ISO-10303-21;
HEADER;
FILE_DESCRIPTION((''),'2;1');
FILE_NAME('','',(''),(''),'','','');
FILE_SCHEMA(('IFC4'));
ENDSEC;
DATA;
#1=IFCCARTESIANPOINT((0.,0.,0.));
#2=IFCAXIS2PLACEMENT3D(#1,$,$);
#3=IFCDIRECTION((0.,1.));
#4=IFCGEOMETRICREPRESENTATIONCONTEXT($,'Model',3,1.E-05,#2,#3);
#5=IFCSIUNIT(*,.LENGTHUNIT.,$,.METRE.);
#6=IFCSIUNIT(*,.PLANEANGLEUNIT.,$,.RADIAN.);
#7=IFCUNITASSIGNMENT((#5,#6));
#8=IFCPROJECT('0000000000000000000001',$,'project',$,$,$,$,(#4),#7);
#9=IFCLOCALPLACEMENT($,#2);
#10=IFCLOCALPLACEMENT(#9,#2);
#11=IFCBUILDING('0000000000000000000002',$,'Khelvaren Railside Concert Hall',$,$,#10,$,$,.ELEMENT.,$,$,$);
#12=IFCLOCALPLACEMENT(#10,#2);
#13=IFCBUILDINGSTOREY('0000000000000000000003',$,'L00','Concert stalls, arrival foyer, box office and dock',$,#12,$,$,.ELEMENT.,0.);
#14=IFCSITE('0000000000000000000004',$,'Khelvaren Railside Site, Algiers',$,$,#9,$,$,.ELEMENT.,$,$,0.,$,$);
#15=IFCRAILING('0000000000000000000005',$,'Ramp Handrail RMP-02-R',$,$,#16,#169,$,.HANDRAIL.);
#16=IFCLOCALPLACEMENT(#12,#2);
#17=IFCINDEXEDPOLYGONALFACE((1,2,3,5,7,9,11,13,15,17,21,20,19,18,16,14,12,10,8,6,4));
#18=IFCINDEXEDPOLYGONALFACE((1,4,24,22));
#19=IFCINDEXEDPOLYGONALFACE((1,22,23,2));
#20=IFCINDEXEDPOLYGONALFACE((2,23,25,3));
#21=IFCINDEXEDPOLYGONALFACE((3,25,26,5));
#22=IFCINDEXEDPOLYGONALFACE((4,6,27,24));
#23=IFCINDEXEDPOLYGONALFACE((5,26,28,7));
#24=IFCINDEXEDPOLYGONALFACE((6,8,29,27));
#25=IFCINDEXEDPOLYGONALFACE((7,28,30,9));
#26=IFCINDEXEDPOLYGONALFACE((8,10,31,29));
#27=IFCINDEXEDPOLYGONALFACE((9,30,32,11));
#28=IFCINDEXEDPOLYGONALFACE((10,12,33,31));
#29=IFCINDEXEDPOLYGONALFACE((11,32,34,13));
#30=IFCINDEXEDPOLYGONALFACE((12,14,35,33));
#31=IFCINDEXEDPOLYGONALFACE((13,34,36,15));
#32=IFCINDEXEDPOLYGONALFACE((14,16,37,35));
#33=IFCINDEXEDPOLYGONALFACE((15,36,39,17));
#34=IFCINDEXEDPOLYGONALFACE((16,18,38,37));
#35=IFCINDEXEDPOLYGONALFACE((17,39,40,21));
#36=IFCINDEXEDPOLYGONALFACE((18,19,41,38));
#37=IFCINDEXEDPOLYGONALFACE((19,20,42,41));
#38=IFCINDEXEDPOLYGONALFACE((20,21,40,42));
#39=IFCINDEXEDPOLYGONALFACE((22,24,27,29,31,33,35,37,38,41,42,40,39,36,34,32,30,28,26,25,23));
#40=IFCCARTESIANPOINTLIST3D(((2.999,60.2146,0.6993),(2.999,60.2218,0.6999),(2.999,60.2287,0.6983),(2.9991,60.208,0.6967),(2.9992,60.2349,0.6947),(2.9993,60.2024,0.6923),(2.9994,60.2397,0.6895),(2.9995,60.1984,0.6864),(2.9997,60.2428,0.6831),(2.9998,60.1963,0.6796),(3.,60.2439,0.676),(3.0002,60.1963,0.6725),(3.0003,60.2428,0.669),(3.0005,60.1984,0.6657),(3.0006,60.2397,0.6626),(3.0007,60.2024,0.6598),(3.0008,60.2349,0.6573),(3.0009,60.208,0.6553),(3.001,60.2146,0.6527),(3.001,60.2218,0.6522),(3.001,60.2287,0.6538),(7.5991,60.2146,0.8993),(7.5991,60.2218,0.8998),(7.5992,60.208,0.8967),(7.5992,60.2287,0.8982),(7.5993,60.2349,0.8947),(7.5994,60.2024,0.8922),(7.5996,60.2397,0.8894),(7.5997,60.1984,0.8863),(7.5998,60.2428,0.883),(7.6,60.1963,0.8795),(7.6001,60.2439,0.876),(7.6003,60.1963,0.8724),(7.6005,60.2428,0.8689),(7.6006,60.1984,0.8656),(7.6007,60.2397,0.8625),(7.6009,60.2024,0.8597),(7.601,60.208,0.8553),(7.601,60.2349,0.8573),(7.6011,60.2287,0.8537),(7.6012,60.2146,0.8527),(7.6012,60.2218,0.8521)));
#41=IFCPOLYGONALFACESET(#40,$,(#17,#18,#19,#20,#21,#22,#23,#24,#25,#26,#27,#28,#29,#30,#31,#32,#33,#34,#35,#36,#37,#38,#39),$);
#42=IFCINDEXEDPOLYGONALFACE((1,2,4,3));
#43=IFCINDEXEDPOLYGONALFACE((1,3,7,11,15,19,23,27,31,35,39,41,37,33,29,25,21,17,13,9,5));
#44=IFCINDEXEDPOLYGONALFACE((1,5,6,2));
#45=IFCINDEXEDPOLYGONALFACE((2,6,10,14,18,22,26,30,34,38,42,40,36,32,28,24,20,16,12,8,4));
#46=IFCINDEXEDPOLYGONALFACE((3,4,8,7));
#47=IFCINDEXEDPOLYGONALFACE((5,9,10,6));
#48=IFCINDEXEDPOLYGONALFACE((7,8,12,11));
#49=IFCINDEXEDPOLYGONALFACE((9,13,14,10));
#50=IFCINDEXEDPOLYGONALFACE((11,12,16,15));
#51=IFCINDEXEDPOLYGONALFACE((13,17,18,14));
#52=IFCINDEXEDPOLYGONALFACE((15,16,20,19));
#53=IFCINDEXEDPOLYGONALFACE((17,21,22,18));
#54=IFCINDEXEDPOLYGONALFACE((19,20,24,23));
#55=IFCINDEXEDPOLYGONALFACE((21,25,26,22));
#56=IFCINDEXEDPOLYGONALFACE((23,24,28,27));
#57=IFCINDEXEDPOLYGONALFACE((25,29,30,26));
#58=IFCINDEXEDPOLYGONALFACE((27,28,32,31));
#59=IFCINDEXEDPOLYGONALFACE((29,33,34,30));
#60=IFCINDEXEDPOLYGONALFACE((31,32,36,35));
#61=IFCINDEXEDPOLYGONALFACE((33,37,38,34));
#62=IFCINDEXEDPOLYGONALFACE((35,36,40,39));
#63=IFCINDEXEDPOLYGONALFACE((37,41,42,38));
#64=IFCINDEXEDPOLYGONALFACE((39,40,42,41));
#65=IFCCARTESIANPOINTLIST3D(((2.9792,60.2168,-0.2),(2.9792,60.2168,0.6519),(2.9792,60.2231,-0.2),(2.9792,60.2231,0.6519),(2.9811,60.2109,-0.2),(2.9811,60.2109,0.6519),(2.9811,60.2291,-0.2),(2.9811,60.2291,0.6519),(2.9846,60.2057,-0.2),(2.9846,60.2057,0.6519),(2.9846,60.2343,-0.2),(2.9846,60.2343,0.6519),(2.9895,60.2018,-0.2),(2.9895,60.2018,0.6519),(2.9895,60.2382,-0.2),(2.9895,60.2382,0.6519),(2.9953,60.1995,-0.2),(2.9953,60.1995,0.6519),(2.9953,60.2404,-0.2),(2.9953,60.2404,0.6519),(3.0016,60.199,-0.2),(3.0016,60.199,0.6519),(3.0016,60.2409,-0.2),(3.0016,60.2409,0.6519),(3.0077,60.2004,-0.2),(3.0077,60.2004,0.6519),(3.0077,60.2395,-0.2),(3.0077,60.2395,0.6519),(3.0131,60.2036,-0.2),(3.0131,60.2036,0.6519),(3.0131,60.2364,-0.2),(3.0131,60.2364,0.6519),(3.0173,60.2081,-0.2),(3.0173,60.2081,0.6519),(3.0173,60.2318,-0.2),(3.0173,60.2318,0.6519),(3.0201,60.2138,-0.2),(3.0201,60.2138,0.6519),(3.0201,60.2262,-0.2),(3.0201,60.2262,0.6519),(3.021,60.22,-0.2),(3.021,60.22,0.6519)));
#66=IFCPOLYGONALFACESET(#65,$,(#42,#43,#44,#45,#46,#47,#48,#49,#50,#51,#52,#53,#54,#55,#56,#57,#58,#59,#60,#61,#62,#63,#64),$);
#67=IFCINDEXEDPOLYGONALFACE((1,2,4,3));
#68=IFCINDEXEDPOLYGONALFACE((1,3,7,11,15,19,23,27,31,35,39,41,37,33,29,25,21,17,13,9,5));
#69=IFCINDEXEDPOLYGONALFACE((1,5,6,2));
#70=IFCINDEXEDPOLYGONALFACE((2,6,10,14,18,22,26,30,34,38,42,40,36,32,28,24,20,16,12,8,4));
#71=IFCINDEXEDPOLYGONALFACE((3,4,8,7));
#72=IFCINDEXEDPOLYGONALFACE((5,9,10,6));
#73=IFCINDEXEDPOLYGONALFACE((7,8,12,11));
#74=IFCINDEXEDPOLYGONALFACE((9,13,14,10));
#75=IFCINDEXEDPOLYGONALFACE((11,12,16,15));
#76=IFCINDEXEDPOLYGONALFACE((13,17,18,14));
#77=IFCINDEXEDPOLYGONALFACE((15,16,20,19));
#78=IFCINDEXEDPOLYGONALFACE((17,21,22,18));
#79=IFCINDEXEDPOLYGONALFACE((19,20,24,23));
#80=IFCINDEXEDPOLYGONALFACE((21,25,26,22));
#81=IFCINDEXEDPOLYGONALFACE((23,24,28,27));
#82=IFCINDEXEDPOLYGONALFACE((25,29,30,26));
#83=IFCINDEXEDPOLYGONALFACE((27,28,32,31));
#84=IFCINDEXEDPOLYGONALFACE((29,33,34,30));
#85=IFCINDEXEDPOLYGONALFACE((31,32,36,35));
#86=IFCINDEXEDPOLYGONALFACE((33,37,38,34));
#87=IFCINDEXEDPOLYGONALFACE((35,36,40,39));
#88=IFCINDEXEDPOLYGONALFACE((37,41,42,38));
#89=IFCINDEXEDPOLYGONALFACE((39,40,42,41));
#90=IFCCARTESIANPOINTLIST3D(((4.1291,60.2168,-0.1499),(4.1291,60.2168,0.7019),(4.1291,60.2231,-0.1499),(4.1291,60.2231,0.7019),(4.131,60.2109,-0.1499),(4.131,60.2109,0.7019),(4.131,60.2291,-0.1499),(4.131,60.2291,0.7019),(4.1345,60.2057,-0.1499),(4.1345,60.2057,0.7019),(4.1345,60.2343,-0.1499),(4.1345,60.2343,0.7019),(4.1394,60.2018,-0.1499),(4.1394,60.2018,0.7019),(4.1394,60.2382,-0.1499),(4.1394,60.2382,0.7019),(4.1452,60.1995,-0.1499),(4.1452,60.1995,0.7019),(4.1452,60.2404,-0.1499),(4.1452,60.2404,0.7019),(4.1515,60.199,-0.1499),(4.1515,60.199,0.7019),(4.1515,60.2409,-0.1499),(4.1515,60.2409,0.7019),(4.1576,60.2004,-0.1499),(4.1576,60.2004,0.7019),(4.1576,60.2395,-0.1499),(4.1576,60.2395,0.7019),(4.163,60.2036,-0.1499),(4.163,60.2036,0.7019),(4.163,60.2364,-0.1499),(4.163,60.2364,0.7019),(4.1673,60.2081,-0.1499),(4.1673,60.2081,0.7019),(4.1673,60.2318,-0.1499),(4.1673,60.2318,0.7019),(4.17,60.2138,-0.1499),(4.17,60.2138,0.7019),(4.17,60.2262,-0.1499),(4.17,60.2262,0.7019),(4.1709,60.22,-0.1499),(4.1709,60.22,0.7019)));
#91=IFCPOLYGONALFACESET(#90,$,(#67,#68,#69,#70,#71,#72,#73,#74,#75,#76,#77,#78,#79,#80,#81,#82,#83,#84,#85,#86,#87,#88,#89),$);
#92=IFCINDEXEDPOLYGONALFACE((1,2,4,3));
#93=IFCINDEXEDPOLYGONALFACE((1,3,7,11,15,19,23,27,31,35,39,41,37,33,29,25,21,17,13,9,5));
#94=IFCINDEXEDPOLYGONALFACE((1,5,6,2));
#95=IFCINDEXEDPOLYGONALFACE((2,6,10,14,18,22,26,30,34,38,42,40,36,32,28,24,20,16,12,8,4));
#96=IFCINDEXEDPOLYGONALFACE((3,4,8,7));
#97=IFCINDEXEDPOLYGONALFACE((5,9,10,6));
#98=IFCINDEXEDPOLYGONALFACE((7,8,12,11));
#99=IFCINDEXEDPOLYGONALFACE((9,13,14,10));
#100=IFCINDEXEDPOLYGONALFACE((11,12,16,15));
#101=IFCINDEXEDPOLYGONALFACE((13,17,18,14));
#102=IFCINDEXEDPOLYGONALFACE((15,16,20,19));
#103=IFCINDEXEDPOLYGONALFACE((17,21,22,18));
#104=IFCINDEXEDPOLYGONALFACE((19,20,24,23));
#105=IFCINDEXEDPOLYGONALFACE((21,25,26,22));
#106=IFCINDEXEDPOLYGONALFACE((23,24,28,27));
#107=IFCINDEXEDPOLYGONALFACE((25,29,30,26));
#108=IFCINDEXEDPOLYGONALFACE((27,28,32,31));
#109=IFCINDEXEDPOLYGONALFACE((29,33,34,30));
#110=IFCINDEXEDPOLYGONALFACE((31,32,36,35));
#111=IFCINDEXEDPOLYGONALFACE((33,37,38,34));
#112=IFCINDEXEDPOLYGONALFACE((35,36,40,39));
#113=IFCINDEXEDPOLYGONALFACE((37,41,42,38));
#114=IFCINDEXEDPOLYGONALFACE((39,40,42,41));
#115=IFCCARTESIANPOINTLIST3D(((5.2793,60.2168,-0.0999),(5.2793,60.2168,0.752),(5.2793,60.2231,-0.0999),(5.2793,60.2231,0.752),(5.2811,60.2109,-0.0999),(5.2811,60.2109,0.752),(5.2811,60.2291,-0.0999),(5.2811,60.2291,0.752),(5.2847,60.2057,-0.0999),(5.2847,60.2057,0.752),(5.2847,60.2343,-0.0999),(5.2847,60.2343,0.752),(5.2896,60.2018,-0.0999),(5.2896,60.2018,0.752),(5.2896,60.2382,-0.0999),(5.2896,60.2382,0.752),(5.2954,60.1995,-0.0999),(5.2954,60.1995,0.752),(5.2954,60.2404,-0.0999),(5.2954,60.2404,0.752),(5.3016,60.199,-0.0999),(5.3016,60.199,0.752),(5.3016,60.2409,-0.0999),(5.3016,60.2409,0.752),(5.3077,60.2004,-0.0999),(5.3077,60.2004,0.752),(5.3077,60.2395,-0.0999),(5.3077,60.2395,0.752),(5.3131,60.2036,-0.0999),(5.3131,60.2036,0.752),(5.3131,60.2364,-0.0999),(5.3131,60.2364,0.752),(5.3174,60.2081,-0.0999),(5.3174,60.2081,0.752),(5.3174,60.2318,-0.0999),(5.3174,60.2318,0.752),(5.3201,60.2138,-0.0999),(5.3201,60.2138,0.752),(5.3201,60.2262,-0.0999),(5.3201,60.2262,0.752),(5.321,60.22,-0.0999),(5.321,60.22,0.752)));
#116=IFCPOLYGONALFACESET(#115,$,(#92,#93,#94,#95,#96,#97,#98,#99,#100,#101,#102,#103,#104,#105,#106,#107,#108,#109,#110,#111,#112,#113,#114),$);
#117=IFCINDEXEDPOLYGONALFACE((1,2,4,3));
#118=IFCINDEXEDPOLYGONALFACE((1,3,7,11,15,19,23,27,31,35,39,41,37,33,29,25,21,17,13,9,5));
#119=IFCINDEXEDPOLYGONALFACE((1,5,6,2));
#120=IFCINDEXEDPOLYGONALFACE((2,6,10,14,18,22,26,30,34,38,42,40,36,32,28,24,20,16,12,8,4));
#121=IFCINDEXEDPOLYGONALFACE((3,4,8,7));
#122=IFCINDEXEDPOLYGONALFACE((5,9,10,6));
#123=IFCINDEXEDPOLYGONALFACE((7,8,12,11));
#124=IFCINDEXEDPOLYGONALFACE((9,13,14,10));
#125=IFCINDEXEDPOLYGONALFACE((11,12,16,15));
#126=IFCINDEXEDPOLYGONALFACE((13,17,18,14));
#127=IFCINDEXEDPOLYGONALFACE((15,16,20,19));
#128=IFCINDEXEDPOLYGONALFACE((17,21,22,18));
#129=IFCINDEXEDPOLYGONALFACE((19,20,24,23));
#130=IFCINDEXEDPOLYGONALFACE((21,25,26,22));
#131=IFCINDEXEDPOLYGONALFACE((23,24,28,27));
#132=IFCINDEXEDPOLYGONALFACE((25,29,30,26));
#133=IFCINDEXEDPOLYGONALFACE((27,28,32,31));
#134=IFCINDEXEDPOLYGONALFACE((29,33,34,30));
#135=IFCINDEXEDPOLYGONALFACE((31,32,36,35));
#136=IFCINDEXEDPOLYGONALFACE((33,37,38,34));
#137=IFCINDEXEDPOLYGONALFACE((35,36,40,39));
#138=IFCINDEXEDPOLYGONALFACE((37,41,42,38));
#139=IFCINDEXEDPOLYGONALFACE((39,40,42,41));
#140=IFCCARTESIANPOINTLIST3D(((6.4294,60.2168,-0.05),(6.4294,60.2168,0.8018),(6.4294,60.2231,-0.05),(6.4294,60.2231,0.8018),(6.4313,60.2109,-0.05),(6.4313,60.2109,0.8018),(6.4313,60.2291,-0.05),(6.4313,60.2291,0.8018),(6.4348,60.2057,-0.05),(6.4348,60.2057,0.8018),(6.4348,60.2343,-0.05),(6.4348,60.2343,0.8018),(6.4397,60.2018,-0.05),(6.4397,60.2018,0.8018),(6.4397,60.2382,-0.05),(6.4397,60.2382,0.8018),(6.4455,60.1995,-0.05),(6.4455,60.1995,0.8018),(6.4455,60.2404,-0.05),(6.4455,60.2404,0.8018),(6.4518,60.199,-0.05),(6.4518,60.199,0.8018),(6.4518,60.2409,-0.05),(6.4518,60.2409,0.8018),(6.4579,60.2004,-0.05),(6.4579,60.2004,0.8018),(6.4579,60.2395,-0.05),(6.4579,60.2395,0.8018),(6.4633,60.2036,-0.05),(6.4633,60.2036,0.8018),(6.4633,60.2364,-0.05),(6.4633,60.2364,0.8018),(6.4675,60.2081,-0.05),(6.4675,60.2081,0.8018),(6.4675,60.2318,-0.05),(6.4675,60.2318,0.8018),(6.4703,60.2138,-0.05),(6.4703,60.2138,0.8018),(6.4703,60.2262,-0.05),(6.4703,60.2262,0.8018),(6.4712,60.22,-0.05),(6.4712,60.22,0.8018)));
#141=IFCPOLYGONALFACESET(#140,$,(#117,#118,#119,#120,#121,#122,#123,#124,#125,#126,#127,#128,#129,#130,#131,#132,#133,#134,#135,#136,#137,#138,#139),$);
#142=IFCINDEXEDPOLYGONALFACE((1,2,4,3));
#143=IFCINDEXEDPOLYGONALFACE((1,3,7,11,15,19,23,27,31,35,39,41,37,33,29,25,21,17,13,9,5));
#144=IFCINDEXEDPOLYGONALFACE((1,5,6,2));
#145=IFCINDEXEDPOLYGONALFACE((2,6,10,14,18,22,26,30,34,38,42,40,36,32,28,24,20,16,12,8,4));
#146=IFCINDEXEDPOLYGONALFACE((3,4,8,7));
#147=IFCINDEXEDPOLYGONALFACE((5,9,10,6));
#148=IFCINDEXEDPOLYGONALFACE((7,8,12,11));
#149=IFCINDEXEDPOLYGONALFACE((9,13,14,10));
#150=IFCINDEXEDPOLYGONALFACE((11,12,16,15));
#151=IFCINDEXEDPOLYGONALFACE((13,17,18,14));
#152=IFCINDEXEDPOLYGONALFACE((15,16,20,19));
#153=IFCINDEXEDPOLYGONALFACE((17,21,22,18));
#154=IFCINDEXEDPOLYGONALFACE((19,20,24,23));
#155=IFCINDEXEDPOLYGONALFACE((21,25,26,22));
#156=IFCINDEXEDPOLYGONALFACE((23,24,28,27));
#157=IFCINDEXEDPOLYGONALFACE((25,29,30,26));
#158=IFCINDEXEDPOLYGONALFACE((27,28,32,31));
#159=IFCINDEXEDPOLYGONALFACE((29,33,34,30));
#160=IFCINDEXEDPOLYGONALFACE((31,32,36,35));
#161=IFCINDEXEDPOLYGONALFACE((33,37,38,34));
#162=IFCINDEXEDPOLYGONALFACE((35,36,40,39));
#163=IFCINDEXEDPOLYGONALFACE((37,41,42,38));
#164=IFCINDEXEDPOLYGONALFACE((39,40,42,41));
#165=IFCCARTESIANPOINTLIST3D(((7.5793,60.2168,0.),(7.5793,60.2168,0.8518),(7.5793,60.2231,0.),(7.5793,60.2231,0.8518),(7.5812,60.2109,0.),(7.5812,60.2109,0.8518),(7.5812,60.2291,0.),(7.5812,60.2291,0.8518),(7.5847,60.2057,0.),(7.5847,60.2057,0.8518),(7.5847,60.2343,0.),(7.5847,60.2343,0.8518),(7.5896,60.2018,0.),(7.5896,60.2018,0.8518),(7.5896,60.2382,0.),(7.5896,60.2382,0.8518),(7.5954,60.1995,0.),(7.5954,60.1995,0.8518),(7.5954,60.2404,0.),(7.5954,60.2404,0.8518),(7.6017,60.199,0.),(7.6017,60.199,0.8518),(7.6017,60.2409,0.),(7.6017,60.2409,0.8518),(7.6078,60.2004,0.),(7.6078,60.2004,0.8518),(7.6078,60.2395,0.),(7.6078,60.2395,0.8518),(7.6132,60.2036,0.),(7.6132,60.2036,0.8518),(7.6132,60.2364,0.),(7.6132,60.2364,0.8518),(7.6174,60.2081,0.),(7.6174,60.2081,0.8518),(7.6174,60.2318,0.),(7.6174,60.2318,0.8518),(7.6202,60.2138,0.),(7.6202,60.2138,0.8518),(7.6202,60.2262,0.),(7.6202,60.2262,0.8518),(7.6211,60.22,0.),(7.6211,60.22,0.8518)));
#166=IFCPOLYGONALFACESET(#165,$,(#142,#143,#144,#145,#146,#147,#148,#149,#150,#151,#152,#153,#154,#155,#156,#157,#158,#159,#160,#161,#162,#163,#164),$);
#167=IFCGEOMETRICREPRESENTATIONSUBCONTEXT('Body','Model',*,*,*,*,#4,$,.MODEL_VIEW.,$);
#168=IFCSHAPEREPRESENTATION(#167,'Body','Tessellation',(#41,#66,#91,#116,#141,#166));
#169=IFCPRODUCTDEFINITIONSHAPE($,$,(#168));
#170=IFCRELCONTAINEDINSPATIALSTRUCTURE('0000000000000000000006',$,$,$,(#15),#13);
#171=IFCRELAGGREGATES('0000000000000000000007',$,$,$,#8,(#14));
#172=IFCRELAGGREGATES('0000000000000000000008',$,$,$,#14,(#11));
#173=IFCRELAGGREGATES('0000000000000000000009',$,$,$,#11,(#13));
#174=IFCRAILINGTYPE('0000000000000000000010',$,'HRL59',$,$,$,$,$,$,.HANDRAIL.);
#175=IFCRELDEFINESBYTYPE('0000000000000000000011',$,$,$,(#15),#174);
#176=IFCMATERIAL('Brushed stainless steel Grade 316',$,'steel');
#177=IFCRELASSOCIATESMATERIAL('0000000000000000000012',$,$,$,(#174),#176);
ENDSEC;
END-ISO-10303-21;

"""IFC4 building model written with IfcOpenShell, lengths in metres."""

from ifc_helpers import new_model, si_unit, direction, frame, origin, origin_2d, place, context, subcontext, project, spatial, circle, extrude, material, type_object, element, save


model = new_model("IFC4")

# Units and contexts
model_context = context("Model", 3, precision=1e-05, world=origin(), true_north=direction((0.0, 1.0)))
body_context = subcontext(model_context, "Body", "Model", "MODEL_VIEW")
ifc_project = project(units=[si_unit("LENGTHUNIT", "METRE"), si_unit("PLANEANGLEUNIT", "RADIAN")], contexts=[model_context])

# Site, building, storey
site_placement = place(None, origin())
site = spatial("IfcSite", under=ifc_project, at=site_placement, Name="Khelvaren Railside Site, Algiers", CompositionType="ELEMENT", RefElevation=0.0)
building_placement = place(site_placement, origin())
building = spatial("IfcBuilding", under=site, at=building_placement, Name="Khelvaren Railside Concert Hall", CompositionType="ELEMENT")
storey_placement = place(building_placement, origin())
storey = spatial("IfcBuildingStorey", under=building, at=storey_placement, Name="L00", Description="Concert stalls, arrival foyer, box office and dock", CompositionType="ELEMENT", Elevation=0.0)

# Railing
ifc_material_1 = material(Name="Brushed stainless steel Grade 316", Category="steel")
railing_type_1 = type_object("IfcRailingType", Name="HRL59", PredefinedType="HANDRAIL", material=ifc_material_1)
for number, where, name in (
    (1, (3.0, 60.22, -0.2), "Ramp Handrail RMP-02-R"),
):
    element("IfcRailing", number, at=place(storey_placement, frame(where)), inside=storey, type_object=railing_type_1, Name=name, PredefinedType="HANDRAIL", context=body_context, shape_type="SweptSolid", body=[
        extrude(circle(Radius=0.0239, at=origin_2d()), frame((0.0, 0.0, 0.876), z_axis=(0.999057, 0.0, 0.043426), x_axis=(0.0, 1.0, 0.0)), (0.0, 0.0, 1.0), 4.6045),
        extrude(circle(Radius=0.021, at=origin_2d()), origin(), (0.0, 0.0, 1.0), 0.8518),
        extrude(circle(Radius=0.021, at=origin_2d()), frame((1.1499, 0.0, 0.05)), (0.0, 0.0, 1.0), 0.8518),
        extrude(circle(Radius=0.021, at=origin_2d()), frame((2.3, 0.0, 0.1001)), (0.0, 0.0, 1.0), 0.8518),
        extrude(circle(Radius=0.021, at=origin_2d()), frame((3.4502, 0.0, 0.1499)), (0.0, 0.0, 1.0), 0.8518),
        extrude(circle(Radius=0.021, at=origin_2d()), frame((4.6001, 0.0, 0.2)), (0.0, 0.0, 1.0), 0.8518),
    ])

save(model, "model.ifc")
